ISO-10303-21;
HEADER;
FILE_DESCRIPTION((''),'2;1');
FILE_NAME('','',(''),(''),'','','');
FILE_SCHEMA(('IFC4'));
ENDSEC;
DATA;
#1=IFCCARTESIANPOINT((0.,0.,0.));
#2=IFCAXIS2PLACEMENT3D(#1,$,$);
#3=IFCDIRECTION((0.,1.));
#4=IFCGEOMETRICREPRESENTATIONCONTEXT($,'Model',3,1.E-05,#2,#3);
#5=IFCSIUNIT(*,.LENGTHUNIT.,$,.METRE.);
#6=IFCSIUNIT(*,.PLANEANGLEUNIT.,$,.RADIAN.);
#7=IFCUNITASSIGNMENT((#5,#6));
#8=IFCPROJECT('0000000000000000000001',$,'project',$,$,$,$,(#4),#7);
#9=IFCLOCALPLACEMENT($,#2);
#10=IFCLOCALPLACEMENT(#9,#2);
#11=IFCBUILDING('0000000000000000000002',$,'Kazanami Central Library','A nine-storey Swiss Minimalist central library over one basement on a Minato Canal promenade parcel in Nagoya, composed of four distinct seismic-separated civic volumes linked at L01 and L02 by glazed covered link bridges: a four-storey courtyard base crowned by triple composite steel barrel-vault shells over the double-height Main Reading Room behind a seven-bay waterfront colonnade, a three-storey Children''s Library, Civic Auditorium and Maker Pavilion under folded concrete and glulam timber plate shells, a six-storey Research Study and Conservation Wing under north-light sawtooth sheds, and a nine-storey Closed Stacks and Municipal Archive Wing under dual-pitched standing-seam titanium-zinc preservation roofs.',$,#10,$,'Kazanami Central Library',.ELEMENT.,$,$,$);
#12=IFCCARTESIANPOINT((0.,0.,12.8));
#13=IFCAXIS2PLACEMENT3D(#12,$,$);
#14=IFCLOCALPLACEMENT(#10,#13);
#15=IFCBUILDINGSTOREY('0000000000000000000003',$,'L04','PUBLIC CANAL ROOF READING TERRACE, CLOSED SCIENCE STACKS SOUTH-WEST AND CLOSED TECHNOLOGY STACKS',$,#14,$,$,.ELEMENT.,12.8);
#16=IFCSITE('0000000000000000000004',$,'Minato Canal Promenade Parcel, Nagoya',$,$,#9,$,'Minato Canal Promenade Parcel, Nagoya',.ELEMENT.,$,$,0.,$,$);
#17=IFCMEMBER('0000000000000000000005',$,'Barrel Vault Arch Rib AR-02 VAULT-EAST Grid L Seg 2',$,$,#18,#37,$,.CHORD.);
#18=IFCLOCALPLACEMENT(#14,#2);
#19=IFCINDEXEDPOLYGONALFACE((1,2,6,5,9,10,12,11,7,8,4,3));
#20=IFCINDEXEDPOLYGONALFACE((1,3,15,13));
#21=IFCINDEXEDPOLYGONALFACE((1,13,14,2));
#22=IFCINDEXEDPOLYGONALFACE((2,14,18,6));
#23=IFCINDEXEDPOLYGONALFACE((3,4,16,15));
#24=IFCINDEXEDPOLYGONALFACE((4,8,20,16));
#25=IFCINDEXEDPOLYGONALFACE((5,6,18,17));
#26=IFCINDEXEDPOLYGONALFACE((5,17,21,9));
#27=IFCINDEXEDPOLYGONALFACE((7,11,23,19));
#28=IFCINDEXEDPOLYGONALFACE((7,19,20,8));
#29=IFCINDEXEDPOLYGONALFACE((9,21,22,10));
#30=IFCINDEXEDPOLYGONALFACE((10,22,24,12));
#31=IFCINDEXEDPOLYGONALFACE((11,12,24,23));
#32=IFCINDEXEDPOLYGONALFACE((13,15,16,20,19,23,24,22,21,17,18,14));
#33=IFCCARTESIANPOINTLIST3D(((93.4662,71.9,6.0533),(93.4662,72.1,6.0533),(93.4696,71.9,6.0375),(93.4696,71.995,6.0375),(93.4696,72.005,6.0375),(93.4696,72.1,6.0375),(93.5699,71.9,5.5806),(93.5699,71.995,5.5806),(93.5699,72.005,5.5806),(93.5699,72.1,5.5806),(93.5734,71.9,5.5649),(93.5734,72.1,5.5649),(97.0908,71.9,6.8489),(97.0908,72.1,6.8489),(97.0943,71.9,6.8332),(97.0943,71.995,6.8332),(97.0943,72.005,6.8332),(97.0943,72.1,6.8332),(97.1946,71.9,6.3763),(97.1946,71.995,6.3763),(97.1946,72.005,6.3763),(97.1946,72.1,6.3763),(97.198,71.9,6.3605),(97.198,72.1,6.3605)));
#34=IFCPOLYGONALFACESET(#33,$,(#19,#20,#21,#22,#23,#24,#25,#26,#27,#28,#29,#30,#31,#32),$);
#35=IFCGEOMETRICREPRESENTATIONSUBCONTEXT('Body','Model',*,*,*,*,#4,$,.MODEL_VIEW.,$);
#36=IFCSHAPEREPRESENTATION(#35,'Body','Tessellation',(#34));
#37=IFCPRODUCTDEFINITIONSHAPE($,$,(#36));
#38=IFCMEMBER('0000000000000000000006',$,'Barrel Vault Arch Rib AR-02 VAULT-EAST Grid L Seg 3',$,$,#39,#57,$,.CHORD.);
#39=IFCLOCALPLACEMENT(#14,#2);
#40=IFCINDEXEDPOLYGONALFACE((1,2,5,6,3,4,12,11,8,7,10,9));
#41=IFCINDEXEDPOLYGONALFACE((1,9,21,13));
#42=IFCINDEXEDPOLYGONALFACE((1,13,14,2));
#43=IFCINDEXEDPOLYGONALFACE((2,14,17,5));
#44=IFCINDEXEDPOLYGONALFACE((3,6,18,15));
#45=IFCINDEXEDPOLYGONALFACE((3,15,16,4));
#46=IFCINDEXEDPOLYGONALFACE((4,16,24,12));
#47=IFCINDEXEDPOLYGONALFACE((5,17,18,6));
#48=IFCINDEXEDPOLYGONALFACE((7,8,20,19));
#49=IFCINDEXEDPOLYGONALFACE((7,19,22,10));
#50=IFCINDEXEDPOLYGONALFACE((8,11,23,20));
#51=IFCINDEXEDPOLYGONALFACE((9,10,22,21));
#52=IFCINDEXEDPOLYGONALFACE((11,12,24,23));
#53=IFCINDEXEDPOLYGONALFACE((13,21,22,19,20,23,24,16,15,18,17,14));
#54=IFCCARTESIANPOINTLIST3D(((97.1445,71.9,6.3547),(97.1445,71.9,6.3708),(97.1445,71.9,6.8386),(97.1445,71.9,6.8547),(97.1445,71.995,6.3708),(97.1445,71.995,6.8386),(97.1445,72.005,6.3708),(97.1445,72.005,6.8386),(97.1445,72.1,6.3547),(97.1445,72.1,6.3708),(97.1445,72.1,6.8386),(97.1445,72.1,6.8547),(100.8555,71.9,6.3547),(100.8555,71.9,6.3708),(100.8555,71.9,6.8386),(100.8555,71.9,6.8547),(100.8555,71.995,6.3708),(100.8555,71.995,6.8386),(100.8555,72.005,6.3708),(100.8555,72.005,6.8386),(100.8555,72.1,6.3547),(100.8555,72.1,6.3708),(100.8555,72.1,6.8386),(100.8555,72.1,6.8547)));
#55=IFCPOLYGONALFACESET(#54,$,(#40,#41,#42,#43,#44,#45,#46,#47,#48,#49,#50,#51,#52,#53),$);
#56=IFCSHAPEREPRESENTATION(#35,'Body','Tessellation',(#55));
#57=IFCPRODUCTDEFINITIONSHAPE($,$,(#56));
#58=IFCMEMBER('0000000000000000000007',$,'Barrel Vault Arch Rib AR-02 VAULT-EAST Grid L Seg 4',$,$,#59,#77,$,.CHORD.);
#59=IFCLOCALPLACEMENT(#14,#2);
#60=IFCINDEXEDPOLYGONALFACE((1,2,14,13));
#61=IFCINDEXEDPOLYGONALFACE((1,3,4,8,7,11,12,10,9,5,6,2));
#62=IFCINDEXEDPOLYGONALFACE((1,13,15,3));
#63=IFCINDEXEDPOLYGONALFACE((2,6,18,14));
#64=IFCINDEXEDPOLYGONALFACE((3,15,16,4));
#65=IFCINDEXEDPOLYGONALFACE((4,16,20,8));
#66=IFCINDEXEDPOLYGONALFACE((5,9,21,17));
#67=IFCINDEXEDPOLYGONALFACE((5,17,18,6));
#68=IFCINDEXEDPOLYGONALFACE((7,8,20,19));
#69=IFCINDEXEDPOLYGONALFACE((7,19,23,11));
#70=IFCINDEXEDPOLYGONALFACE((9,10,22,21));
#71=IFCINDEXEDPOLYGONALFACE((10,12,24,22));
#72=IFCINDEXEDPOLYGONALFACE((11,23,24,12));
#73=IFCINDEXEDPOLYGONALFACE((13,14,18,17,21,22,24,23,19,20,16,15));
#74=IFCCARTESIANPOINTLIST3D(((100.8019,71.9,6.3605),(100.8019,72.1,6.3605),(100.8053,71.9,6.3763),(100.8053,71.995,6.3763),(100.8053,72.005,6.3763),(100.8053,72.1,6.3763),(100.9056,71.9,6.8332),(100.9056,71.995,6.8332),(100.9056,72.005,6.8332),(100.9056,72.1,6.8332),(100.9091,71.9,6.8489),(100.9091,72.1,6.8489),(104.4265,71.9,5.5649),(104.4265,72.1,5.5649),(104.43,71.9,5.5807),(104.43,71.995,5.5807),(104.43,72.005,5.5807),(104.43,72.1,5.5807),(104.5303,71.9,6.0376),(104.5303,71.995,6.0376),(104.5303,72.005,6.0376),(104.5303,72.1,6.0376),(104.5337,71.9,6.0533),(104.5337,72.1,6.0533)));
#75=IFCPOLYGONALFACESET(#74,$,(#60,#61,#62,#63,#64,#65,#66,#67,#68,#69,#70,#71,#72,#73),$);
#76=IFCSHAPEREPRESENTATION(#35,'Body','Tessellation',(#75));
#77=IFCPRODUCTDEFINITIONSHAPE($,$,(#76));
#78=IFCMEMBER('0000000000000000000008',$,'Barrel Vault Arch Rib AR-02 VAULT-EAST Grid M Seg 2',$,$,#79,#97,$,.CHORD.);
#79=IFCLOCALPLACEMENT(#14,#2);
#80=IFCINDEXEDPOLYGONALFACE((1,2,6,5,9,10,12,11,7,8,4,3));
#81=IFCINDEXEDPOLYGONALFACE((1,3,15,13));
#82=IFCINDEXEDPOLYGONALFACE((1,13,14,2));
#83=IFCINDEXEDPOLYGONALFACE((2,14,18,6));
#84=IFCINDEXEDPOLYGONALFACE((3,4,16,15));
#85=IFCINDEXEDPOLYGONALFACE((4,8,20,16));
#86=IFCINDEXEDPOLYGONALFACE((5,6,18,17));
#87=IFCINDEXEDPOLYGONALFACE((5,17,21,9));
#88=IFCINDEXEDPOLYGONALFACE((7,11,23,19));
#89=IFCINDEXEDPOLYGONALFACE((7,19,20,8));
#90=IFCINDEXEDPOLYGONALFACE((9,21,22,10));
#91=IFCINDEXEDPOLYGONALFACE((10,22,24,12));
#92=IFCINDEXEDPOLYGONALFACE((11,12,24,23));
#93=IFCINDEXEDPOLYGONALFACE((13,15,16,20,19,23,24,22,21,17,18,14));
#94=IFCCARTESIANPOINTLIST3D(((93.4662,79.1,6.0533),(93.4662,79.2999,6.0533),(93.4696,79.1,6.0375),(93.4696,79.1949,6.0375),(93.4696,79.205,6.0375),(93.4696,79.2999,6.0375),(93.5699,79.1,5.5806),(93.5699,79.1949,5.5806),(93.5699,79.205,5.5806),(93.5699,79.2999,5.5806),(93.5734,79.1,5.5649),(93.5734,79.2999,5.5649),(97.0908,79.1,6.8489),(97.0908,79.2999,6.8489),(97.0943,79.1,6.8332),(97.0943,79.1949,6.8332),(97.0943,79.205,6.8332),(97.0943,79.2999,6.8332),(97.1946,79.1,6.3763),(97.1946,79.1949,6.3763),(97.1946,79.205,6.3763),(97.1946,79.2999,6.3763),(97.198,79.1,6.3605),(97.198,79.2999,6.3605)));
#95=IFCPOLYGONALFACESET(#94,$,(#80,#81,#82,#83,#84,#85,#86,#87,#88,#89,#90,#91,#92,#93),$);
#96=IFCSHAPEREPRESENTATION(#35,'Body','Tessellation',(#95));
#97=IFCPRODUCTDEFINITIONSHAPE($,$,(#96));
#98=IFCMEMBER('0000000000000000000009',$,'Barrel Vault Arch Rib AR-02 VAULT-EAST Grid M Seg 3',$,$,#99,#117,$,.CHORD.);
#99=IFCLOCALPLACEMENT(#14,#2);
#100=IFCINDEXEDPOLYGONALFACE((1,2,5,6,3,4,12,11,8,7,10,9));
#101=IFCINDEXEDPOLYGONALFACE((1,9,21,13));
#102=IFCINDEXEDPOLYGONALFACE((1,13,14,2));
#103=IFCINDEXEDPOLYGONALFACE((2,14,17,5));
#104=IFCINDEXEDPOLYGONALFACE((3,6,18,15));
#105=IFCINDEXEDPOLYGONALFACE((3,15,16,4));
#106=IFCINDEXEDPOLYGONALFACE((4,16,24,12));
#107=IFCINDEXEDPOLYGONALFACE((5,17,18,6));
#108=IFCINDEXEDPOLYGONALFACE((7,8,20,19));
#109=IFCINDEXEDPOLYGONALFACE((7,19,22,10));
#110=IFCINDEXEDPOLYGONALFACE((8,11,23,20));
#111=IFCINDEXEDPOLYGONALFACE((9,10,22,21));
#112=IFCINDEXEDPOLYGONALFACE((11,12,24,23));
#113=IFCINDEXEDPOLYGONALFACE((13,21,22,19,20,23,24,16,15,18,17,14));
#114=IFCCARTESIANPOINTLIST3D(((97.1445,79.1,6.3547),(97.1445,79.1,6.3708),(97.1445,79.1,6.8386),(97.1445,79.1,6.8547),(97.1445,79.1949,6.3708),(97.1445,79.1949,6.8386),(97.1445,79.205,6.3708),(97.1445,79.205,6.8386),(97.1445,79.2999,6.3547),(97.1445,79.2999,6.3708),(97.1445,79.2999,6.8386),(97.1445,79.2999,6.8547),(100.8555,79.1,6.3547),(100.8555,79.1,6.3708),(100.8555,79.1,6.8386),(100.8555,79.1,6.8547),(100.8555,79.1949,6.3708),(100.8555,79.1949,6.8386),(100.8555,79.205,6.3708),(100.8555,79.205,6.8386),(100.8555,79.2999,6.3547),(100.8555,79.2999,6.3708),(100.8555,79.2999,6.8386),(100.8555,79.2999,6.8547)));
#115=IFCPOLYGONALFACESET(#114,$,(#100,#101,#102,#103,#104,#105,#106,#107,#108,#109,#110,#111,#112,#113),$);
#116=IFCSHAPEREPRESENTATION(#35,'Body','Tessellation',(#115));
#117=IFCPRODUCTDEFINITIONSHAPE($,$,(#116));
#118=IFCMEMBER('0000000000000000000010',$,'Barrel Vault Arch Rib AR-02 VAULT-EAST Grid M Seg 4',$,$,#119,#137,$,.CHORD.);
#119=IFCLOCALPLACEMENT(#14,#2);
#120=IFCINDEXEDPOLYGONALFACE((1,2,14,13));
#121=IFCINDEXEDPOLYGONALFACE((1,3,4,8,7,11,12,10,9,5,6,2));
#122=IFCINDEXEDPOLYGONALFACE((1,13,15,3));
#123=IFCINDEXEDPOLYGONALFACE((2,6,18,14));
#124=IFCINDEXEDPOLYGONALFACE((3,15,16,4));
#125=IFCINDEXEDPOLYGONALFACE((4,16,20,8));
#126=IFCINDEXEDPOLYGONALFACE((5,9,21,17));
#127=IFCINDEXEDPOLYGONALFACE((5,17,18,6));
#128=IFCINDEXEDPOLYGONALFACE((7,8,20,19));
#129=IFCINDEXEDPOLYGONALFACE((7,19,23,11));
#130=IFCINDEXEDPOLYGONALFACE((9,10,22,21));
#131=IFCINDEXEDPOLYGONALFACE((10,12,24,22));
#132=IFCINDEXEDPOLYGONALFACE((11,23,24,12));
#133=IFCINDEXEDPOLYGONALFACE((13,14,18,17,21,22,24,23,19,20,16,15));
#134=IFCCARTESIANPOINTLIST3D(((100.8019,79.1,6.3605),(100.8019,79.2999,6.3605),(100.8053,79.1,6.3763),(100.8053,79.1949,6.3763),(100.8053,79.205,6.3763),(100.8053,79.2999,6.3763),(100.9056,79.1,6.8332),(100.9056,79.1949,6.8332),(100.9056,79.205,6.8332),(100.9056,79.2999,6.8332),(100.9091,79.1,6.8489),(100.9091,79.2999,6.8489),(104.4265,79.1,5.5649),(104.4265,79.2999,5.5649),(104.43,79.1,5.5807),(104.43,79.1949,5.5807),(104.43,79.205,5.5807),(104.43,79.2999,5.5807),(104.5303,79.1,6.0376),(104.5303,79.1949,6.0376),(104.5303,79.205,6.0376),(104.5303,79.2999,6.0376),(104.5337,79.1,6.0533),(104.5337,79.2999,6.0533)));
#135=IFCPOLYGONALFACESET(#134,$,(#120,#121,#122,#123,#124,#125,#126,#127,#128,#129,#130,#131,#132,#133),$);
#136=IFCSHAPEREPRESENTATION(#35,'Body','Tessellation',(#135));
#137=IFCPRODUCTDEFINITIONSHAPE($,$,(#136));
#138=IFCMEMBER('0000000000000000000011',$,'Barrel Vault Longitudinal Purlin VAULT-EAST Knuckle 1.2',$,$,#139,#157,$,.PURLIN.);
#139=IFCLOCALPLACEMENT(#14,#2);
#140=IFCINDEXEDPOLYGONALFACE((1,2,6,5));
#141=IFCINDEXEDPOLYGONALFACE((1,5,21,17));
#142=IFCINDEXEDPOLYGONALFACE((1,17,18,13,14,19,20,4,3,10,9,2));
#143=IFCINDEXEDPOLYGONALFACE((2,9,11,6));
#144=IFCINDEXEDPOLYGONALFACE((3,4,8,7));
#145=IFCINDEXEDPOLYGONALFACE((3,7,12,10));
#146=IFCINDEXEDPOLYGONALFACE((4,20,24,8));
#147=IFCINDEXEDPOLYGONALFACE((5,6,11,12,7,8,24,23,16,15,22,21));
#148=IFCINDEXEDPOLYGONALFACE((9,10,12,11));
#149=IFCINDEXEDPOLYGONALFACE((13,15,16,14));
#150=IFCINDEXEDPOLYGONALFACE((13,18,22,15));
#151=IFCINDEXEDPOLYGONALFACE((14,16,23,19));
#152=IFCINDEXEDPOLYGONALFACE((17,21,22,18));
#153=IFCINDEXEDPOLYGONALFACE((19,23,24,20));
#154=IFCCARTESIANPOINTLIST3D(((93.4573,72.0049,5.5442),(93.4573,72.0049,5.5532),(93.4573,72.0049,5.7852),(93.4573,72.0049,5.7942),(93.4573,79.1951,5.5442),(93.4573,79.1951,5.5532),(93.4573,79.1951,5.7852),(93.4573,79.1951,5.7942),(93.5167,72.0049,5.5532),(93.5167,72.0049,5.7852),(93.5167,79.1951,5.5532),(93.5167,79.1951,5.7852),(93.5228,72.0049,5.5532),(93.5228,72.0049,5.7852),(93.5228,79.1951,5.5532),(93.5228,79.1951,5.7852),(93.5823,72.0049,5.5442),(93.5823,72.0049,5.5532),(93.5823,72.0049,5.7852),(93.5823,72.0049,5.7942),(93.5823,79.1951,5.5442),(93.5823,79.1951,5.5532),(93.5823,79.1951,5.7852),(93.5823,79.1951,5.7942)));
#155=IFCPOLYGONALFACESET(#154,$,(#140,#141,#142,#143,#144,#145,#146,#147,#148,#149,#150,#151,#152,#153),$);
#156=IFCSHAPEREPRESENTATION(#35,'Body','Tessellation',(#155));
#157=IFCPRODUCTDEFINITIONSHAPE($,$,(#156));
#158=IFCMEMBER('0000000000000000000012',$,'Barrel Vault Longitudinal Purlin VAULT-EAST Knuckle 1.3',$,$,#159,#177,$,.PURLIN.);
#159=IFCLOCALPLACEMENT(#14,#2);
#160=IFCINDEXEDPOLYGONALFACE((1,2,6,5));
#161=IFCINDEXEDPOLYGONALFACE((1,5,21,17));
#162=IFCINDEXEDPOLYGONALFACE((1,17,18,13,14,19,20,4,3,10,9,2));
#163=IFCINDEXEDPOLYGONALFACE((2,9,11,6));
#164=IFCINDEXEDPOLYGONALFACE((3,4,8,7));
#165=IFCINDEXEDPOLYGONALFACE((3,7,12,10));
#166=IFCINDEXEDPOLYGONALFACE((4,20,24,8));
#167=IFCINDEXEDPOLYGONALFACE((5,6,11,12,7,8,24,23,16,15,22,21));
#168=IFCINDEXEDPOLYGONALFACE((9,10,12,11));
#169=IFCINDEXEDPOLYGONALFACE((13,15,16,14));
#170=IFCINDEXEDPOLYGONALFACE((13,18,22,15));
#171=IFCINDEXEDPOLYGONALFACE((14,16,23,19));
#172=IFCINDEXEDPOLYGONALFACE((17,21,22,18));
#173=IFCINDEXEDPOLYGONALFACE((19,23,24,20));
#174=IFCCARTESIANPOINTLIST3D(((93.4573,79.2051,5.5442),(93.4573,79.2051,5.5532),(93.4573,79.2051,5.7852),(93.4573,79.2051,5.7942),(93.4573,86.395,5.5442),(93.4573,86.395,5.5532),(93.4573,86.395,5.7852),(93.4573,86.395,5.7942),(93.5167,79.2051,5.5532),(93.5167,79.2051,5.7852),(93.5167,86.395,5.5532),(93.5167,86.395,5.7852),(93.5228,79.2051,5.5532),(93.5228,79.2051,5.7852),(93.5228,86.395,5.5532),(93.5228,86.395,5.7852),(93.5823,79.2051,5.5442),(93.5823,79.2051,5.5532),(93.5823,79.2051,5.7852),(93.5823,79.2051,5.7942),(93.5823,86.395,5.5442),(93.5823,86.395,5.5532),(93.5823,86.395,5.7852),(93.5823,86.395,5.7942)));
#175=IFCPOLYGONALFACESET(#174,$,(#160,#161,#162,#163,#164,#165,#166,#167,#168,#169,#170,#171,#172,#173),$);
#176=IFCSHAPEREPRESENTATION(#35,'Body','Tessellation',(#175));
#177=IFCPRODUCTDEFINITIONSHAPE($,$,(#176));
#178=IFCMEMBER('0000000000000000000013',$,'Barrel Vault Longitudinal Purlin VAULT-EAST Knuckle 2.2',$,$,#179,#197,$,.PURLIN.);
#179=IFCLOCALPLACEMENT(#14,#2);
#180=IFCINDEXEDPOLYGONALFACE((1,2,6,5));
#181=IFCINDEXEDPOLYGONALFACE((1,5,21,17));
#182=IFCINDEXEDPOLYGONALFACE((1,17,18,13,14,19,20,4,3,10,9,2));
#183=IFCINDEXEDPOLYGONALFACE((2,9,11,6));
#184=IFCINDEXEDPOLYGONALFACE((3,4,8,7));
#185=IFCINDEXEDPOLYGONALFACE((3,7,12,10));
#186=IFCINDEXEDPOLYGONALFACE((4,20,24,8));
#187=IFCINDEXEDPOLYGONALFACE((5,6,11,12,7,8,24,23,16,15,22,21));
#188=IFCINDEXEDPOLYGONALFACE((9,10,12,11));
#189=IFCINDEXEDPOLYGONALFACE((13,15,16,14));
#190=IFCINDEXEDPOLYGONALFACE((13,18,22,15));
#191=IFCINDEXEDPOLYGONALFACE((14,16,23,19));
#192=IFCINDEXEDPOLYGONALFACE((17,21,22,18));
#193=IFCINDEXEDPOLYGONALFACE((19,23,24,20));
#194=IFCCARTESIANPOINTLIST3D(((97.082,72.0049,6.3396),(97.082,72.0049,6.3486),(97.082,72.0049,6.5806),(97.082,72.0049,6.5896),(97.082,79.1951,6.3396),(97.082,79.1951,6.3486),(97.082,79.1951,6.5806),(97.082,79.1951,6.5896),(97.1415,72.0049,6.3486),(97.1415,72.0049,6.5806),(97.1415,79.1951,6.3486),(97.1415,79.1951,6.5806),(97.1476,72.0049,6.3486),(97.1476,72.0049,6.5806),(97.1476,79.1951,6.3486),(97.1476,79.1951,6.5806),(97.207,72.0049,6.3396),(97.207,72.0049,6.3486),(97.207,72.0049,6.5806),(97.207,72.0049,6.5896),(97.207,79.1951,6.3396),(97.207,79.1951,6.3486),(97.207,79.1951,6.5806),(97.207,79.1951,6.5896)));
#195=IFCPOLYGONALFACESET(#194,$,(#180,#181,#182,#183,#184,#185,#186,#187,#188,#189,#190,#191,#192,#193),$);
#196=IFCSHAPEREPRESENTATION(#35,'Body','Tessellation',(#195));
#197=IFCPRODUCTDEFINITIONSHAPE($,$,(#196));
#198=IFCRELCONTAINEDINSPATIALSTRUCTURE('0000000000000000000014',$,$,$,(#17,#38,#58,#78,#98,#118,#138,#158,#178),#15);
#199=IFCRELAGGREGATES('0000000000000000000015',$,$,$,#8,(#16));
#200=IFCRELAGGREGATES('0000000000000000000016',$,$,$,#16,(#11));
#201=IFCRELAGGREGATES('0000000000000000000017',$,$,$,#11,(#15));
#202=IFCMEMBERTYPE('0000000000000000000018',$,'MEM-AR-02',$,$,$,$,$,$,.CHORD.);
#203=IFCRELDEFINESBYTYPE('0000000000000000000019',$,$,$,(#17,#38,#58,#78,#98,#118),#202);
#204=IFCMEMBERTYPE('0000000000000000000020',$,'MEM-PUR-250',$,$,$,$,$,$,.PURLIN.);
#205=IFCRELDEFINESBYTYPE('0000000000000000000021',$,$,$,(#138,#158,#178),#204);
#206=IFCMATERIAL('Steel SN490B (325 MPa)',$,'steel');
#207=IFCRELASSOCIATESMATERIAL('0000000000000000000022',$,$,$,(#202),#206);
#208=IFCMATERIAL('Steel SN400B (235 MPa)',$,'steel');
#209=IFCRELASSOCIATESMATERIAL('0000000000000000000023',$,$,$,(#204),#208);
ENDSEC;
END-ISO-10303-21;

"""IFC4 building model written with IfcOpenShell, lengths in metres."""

from ifc_helpers import new_model, si_unit, direction, frame, origin, origin_2d, place, context, subcontext, project, spatial, i_section, extrude, material, material_profile, profile_set, type_object, element, save


model = new_model("IFC4")

# Units and contexts
model_context = context("Model", 3, precision=1e-05, world=origin(), true_north=direction((0.0, 1.0)))
body_context = subcontext(model_context, "Body", "Model", "MODEL_VIEW")
ifc_project = project(units=[si_unit("LENGTHUNIT", "METRE"), si_unit("PLANEANGLEUNIT", "RADIAN")], contexts=[model_context])

# Site, building, storey
site_placement = place(None, origin())
site = spatial("IfcSite", under=ifc_project, at=site_placement, Name="Minato Canal Promenade Parcel, Nagoya", LongName="Minato Canal Promenade Parcel, Nagoya", CompositionType="ELEMENT", RefElevation=0.0)
building_placement = place(site_placement, origin())
building = spatial("IfcBuilding", under=site, at=building_placement, Name="Kazanami Central Library", Description="A nine-storey Swiss Minimalist central library over one basement on a Minato Canal promenade parcel in Nagoya, composed of four distinct seismic-separated civic volumes linked at L01 and L02 by glazed covered link bridges: a four-storey courtyard base crowned by triple composite steel barrel-vault shells over the double-height Main Reading Room behind a seven-bay waterfront colonnade, a three-storey Children's Library, Civic Auditorium and Maker Pavilion under folded concrete and glulam timber plate shells, a six-storey Research Study and Conservation Wing under north-light sawtooth sheds, and a nine-storey Closed Stacks and Municipal Archive Wing under dual-pitched standing-seam titanium-zinc preservation roofs.", LongName="Kazanami Central Library", CompositionType="ELEMENT")
storey_placement = place(building_placement, frame((0.0, 0.0, 12.8)))
storey = spatial("IfcBuildingStorey", under=building, at=storey_placement, Name="L04", Description="PUBLIC CANAL ROOF READING TERRACE, CLOSED SCIENCE STACKS SOUTH-WEST AND CLOSED TECHNOLOGY STACKS", CompositionType="ELEMENT", Elevation=12.8)

# Members
ifc_material_1 = material(Name="Steel SN490B (325 MPa)", Category="steel")
ifc_material_profile_1 = material_profile(ifc_material_1, i_section(OverallWidth=0.2, OverallDepth=0.5, WebThickness=0.01, FlangeThickness=0.0161, at=origin_2d()), Name="H-500x200x10x16")
ifc_profile_set_1 = profile_set([ifc_material_profile_1], Name="Steel SN490B (325 MPa)")
member_type_1 = type_object("IfcMemberType", Name="MEM-AR-02", PredefinedType="CHORD", material=ifc_profile_set_1)
for number, where, z_axis, x_axis, name in (
    (1, (93.5198, 72.0, 5.8091), (0.976746, 0.0, 0.214401), (0.0, 1.0, 0.0), "Barrel Vault Arch Rib AR-02 VAULT-EAST Grid L Seg 2"),
    (2, (97.1445, 72.0, 6.6047), (1.0, 0.0, 0.0), (0.0, 1.0, 0.0), "Barrel Vault Arch Rib AR-02 VAULT-EAST Grid L Seg 3"),
    (3, (100.8555, 72.0, 6.6047), (0.976746, 0.0, -0.214401), (0.0, 1.0, 0.0), "Barrel Vault Arch Rib AR-02 VAULT-EAST Grid L Seg 4"),
    (4, (93.5198, 79.2, 5.8091), (0.976746, 0.0, 0.214401), (0.0, 1.0, 0.0), "Barrel Vault Arch Rib AR-02 VAULT-EAST Grid M Seg 2"),
    (5, (97.1445, 79.2, 6.6047), (1.0, 0.0, 0.0), (0.0, 1.0, 0.0), "Barrel Vault Arch Rib AR-02 VAULT-EAST Grid M Seg 3"),
    (6, (100.8555, 79.2, 6.6047), (0.976746, 0.0, -0.214401), (0.0, 1.0, 0.0), "Barrel Vault Arch Rib AR-02 VAULT-EAST Grid M Seg 4"),
):
    element("IfcMember", number, at=place(storey_placement, frame(where, z_axis=z_axis, x_axis=x_axis)), inside=storey, type_object=member_type_1, Name=name, PredefinedType="CHORD", context=body_context, shape_type="SweptSolid", body=[
        extrude(i_section(OverallWidth=0.2, OverallDepth=0.5, WebThickness=0.01, FlangeThickness=0.0161, at=origin_2d()), origin(), (0.0, 0.0, 1.0), 3.7109),
    ])
ifc_material_2 = material(Name="Steel SN400B (235 MPa)", Category="steel")
ifc_material_profile_2 = material_profile(ifc_material_2, i_section(OverallWidth=0.125, OverallDepth=0.25, WebThickness=0.0061, FlangeThickness=0.009, at=origin_2d()), Name="H-250x125x6x9")
ifc_profile_set_2 = profile_set([ifc_material_profile_2], Name="Steel SN400B (235 MPa)")
member_type_2 = type_object("IfcMemberType", Name="MEM-PUR-250", PredefinedType="PURLIN", material=ifc_profile_set_2)
member_1_placement = place(storey_placement, frame((93.5198, 72.0049, 5.6692), z_axis=(0.0, 1.0, 0.0), x_axis=(-1.0, 0.0, 0.0)))
element("IfcMember", 7, at=member_1_placement, inside=storey, type_object=member_type_2, Name="Barrel Vault Longitudinal Purlin VAULT-EAST Knuckle 1.2", PredefinedType="PURLIN", context=body_context, shape_type="SweptSolid", body=[
    extrude(i_section(OverallWidth=0.125, OverallDepth=0.25, WebThickness=0.0061, FlangeThickness=0.009, at=origin_2d()), origin(), (0.0, 0.0, 1.0), 7.1902),
])
member_2_placement = place(storey_placement, frame((93.5198, 79.2051, 5.6692), z_axis=(0.0, 1.0, 0.0), x_axis=(-1.0, 0.0, 0.0)))
element("IfcMember", 8, at=member_2_placement, inside=storey, type_object=member_type_2, Name="Barrel Vault Longitudinal Purlin VAULT-EAST Knuckle 1.3", PredefinedType="PURLIN", context=body_context, shape_type="SweptSolid", body=[
    extrude(i_section(OverallWidth=0.125, OverallDepth=0.25, WebThickness=0.0061, FlangeThickness=0.009, at=origin_2d()), origin(), (0.0, 0.0, 1.0), 7.1899),
])
member_3_placement = place(storey_placement, frame((97.1445, 72.0049, 6.4646), z_axis=(0.0, 1.0, 0.0), x_axis=(-1.0, 0.0, 0.0)))
element("IfcMember", 9, at=member_3_placement, inside=storey, type_object=member_type_2, Name="Barrel Vault Longitudinal Purlin VAULT-EAST Knuckle 2.2", PredefinedType="PURLIN", context=body_context, shape_type="SweptSolid", body=[
    extrude(i_section(OverallWidth=0.125, OverallDepth=0.25, WebThickness=0.0061, FlangeThickness=0.009, at=origin_2d()), origin(), (0.0, 0.0, 1.0), 7.1902),
])

save(model, "model.ifc")
